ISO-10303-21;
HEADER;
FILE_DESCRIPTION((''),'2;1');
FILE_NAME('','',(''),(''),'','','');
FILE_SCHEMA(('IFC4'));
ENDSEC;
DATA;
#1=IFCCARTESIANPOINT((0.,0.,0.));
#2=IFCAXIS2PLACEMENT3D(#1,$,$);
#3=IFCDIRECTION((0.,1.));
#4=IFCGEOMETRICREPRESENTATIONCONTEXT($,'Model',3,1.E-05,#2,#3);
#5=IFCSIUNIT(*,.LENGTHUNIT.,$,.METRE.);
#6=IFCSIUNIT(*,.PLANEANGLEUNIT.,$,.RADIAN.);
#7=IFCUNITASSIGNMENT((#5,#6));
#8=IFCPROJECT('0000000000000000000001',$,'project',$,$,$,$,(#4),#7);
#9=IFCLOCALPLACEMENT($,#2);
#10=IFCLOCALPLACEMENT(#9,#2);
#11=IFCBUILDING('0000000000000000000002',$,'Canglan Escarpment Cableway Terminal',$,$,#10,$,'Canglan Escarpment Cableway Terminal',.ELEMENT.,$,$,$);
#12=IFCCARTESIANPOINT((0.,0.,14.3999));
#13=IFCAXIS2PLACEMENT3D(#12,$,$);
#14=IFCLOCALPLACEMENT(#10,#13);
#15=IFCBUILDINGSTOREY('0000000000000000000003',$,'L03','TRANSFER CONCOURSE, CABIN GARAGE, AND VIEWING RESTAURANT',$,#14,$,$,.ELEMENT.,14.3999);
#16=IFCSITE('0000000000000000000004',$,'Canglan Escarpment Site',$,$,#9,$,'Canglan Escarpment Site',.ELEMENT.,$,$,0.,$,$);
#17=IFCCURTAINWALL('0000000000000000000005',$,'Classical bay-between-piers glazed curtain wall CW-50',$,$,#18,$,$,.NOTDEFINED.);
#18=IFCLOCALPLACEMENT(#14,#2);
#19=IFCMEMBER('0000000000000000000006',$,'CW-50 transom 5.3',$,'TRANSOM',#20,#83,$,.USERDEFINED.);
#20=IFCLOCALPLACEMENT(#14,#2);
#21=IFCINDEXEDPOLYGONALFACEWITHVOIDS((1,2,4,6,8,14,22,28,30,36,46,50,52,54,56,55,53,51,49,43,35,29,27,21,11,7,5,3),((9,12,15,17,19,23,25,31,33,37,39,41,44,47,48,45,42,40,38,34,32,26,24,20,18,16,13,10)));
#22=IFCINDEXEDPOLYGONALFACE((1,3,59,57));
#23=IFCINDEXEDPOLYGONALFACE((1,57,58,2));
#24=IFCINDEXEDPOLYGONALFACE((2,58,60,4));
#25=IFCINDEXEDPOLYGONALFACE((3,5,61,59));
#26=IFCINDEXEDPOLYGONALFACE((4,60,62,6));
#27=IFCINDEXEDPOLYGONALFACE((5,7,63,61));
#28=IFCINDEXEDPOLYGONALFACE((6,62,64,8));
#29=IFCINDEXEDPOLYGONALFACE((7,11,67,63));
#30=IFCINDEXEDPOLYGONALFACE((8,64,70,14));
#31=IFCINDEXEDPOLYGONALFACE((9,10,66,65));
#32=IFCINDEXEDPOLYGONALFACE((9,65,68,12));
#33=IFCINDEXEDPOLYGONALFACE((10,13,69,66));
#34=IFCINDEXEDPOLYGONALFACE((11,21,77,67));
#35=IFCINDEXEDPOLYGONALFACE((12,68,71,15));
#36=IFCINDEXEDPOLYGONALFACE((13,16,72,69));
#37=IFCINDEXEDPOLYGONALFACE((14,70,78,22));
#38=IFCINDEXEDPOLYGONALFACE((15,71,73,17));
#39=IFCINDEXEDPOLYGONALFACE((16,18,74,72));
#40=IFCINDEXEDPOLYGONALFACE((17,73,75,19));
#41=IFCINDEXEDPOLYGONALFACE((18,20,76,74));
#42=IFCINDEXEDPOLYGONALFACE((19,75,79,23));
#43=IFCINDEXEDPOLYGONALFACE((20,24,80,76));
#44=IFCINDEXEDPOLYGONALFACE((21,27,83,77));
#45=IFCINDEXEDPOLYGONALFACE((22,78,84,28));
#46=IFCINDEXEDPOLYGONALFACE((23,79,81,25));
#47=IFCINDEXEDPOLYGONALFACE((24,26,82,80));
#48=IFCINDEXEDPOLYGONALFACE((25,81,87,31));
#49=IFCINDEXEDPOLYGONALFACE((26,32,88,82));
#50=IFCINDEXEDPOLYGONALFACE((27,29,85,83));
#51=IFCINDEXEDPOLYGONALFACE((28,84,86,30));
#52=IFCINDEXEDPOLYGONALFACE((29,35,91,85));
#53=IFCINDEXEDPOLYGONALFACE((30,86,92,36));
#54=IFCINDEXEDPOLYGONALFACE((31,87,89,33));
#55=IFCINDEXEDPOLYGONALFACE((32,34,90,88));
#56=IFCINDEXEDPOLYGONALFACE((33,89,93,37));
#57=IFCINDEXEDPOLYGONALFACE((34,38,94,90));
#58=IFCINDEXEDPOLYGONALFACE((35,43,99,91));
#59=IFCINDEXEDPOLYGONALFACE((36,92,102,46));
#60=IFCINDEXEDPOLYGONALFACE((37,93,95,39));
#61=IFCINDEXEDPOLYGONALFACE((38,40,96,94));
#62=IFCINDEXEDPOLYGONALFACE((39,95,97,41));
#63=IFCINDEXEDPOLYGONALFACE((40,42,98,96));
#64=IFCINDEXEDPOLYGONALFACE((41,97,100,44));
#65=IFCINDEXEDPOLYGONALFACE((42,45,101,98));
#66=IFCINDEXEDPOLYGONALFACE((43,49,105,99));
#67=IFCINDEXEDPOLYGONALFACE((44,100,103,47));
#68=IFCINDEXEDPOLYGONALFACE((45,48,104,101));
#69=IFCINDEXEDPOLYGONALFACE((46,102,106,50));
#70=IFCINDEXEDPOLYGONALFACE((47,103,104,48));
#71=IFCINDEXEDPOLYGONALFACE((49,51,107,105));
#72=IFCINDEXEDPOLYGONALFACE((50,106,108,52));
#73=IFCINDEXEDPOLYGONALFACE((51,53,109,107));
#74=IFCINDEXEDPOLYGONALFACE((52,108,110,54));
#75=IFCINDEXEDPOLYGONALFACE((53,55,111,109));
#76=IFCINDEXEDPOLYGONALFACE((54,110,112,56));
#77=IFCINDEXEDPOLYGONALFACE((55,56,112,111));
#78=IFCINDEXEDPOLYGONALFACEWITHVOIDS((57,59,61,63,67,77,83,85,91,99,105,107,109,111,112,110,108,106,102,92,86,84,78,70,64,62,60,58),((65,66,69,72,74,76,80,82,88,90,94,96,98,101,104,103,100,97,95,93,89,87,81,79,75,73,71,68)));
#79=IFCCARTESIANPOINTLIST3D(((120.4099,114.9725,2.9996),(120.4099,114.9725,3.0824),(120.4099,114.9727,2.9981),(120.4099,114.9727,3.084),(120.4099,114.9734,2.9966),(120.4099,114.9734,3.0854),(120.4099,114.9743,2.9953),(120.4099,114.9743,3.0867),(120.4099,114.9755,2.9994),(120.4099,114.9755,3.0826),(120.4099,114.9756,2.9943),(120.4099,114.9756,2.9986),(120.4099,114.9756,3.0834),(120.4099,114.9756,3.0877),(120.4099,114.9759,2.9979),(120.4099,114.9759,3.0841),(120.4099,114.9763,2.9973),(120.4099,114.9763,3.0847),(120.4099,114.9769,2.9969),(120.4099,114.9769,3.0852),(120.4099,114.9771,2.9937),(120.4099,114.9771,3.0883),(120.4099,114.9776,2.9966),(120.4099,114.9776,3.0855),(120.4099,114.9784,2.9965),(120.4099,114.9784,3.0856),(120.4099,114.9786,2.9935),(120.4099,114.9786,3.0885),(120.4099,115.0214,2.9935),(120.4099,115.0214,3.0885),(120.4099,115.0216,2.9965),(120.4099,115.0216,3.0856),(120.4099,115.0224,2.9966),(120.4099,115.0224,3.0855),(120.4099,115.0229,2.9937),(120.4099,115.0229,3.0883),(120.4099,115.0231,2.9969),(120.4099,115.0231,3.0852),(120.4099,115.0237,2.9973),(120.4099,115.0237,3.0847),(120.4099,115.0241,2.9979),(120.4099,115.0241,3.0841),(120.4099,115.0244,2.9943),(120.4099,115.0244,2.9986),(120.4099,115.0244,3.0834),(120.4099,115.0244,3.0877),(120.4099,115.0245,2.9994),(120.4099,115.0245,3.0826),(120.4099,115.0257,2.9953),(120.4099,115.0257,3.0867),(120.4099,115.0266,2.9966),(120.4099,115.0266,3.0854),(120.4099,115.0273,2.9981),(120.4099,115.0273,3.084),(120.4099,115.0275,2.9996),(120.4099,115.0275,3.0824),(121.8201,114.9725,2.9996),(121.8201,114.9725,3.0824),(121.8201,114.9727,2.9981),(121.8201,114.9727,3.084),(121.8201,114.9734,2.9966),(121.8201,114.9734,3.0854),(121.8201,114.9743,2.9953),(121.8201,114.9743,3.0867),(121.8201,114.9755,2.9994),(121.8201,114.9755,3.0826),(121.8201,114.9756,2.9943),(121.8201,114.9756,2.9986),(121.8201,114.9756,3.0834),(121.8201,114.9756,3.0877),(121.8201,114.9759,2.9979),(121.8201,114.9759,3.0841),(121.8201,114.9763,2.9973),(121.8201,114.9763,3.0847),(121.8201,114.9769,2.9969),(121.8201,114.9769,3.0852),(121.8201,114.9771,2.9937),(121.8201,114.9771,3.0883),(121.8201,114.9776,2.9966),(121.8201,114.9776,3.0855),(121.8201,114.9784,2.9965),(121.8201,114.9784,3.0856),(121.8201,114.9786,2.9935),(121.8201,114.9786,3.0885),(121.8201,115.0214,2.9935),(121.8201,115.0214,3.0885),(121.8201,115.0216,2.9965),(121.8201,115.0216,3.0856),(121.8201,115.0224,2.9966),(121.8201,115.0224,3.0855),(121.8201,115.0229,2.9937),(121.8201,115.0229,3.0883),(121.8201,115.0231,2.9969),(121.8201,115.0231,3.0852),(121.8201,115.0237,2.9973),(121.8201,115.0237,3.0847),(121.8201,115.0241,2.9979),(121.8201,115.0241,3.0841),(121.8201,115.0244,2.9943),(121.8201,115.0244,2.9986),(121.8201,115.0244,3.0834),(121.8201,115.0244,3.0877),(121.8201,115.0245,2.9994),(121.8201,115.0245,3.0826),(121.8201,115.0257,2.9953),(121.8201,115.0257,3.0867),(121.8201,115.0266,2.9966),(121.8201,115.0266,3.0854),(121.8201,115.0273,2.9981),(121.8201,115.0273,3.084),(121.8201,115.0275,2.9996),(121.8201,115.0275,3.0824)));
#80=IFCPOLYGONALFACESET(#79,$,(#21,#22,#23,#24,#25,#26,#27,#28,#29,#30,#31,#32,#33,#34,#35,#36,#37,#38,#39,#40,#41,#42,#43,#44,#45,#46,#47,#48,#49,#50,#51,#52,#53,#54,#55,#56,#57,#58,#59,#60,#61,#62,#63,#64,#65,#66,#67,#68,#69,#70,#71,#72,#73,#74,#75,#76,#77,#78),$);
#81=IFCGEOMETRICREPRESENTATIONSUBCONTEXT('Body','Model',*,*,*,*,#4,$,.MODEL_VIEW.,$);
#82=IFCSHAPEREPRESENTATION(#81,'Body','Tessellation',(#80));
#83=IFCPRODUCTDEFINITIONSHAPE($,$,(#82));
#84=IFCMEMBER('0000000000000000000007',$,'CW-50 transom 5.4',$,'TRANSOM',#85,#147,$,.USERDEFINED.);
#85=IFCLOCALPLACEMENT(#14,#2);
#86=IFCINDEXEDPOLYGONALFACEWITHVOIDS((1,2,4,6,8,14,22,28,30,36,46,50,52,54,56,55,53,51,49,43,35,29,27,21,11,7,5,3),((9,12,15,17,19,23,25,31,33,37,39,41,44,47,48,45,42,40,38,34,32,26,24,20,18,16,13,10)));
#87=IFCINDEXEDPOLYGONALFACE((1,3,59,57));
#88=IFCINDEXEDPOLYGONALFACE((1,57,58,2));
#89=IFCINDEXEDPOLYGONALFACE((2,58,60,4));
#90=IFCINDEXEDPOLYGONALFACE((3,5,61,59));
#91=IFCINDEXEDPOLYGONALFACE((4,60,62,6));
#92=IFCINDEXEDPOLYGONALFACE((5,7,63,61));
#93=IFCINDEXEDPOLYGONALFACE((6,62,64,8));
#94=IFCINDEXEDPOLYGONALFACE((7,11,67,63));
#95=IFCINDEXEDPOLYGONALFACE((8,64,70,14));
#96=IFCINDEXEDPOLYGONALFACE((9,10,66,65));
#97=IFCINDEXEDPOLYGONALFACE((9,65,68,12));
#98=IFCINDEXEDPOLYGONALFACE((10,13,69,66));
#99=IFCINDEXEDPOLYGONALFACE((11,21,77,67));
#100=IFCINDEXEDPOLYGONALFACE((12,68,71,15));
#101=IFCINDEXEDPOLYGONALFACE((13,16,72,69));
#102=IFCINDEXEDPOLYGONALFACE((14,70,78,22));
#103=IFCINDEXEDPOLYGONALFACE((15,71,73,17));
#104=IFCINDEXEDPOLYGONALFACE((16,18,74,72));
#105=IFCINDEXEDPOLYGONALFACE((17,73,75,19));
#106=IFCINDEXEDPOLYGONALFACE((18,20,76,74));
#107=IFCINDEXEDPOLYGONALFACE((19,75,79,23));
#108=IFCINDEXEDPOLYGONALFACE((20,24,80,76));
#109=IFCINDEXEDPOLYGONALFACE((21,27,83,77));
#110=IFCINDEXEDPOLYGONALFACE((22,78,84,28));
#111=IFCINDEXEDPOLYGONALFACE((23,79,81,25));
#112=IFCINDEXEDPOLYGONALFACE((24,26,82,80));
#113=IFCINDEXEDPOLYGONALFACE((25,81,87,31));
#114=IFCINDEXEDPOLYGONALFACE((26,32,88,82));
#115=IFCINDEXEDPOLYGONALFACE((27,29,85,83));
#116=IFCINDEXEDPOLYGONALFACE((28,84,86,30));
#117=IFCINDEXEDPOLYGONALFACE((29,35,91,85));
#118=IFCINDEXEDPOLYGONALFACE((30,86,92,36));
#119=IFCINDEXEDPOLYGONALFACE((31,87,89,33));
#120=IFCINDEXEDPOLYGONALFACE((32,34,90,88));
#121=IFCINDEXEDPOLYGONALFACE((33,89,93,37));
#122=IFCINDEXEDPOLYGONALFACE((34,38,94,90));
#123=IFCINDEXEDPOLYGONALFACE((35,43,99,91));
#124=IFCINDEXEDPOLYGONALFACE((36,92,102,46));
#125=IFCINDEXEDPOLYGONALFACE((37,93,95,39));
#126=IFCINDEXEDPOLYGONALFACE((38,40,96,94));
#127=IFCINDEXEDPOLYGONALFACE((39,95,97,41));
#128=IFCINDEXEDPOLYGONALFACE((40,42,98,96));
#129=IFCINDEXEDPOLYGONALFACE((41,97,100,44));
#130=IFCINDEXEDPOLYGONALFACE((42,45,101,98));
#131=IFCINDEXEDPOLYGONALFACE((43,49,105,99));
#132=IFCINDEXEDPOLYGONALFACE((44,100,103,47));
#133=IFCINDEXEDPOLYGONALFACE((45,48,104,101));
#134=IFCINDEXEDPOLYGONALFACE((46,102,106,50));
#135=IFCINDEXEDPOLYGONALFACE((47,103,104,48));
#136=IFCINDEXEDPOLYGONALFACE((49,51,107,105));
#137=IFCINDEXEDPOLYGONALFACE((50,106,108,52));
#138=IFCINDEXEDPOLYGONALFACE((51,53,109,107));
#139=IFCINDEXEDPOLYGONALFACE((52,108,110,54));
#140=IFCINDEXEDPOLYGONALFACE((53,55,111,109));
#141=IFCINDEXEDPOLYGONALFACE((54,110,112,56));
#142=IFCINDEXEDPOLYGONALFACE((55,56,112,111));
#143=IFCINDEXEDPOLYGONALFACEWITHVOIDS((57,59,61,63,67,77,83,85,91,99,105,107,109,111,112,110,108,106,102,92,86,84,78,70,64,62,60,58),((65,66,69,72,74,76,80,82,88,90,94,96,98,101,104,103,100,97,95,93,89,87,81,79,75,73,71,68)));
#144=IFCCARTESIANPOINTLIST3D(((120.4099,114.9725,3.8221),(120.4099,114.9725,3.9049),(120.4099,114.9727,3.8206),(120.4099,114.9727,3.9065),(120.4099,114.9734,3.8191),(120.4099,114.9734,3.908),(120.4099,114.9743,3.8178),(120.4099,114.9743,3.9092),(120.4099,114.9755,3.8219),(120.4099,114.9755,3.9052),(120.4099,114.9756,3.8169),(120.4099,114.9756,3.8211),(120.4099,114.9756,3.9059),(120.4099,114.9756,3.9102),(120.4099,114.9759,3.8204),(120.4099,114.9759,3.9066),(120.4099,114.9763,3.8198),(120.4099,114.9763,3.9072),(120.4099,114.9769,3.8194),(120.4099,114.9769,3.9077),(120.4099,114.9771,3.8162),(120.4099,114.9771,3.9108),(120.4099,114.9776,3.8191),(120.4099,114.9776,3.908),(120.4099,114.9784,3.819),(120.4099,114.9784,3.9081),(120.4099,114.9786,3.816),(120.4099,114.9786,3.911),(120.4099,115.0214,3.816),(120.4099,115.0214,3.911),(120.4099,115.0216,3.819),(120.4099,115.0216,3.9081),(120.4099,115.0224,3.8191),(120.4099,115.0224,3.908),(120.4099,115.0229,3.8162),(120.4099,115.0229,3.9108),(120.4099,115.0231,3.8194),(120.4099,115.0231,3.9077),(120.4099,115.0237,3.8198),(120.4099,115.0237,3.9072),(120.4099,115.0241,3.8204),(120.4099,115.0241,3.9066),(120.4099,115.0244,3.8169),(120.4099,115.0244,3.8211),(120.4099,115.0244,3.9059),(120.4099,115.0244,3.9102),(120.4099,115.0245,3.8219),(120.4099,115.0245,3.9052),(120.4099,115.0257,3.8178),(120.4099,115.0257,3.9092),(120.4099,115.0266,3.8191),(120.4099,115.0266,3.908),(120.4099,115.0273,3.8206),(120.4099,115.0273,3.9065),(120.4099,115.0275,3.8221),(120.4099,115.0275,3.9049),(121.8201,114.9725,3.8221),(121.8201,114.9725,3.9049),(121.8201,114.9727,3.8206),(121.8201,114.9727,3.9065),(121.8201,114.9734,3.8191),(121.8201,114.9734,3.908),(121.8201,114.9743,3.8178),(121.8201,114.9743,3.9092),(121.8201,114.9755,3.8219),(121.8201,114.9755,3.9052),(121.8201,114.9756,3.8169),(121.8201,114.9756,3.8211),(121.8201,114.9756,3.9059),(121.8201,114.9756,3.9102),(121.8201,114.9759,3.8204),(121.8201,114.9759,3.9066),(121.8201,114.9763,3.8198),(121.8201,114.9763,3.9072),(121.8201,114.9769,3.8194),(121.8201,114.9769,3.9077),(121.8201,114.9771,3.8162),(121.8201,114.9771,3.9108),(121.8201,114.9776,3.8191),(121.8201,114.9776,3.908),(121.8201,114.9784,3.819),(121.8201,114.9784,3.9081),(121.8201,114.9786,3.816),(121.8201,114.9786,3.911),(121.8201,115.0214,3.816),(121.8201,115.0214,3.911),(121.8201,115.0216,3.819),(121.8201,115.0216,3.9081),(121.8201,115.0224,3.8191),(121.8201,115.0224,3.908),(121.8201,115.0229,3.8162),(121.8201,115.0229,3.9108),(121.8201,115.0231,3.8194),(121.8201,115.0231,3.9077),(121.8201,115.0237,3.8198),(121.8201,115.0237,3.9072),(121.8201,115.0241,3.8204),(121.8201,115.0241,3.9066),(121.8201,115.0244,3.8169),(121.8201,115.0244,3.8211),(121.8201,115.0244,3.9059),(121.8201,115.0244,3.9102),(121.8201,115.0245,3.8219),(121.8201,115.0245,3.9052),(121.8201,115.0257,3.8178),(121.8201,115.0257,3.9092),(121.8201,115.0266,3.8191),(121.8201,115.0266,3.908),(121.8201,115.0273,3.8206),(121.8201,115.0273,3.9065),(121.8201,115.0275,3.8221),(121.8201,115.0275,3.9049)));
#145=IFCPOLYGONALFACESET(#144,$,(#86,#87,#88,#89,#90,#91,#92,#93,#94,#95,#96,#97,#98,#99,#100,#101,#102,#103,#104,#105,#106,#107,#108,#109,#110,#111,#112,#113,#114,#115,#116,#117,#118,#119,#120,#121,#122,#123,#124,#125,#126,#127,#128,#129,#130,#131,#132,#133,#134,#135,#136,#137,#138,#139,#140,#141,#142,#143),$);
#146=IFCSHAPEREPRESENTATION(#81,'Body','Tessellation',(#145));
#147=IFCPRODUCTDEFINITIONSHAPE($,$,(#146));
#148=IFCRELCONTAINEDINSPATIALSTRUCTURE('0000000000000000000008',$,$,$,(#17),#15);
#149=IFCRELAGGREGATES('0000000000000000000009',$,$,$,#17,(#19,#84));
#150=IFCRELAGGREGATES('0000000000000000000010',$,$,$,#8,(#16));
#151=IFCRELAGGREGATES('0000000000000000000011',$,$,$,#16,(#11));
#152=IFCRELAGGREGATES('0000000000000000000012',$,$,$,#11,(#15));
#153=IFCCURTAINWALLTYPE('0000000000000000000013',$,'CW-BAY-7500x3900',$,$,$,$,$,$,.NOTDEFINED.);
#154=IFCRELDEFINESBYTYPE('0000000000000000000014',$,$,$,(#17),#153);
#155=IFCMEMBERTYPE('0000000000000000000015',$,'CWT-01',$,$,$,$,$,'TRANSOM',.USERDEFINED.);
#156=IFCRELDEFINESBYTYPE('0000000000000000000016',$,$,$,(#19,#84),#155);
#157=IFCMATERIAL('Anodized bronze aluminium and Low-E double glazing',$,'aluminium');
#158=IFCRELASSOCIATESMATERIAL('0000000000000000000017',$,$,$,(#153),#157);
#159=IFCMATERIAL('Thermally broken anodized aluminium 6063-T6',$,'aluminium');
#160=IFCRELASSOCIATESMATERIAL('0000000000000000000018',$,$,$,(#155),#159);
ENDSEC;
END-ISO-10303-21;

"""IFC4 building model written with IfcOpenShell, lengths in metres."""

from ifc_helpers import new_model, si_unit, direction, frame, origin, origin_2d, place, context, subcontext, project, spatial, hollow_rectangle, extrude, material, material_profile, profile_set, type_object, element, aggregate, save


model = new_model("IFC4")

# Units and contexts
model_context = context("Model", 3, precision=1e-05, world=origin(), true_north=direction((0.0, 1.0)))
body_context = subcontext(model_context, "Body", "Model", "MODEL_VIEW")
ifc_project = project(units=[si_unit("LENGTHUNIT", "METRE"), si_unit("PLANEANGLEUNIT", "RADIAN")], contexts=[model_context])

# Site, building, storey
site_placement = place(None, origin())
site = spatial("IfcSite", under=ifc_project, at=site_placement, Name="Canglan Escarpment Site", LongName="Canglan Escarpment Site", CompositionType="ELEMENT", RefElevation=0.0)
building_placement = place(site_placement, origin())
building = spatial("IfcBuilding", under=site, at=building_placement, Name="Canglan Escarpment Cableway Terminal", LongName="Canglan Escarpment Cableway Terminal", CompositionType="ELEMENT")
storey_placement = place(building_placement, frame((0.0, 0.0, 14.3999)))
storey = spatial("IfcBuildingStorey", under=building, at=storey_placement, Name="L03", Description="TRANSFER CONCOURSE, CABIN GARAGE, AND VIEWING RESTAURANT", CompositionType="ELEMENT", Elevation=14.3999)

# Curtain wall
ifc_material_1 = material(Name="Anodized bronze aluminium and Low-E double glazing", Category="aluminium")
curtain_wall_type_1 = type_object("IfcCurtainWallType", Name="CW-BAY-7500x3900", PredefinedType="NOTDEFINED", material=ifc_material_1)
curtain_wall_1_placement = place(storey_placement, origin())
curtain_wall_1 = element("IfcCurtainWall", 1, at=curtain_wall_1_placement, inside=storey, type_object=curtain_wall_type_1, Name="Classical bay-between-piers glazed curtain wall CW-50", PredefinedType="NOTDEFINED")
ifc_material_2 = material(Name="Thermally broken anodized aluminium 6063-T6", Category="aluminium")

# Members
ifc_material_profile_1 = material_profile(ifc_material_2, hollow_rectangle(XDim=0.0549, YDim=0.095, WallThickness=0.0029, InnerFilletRadius=0.0029, OuterFilletRadius=0.0061, at=origin_2d()), Name="ALU-TRAN 55x95x3")
ifc_profile_set_1 = profile_set([ifc_material_profile_1], Name="Thermally broken anodized aluminium 6063-T6")
member_type_1 = type_object("IfcMemberType", Name="CWT-01", ElementType="TRANSOM", PredefinedType="USERDEFINED", material=ifc_profile_set_1)
member_1_placement = place(storey_placement, frame((121.8201, 115.0, 3.041), z_axis=(-1.0, 0.0, 0.0), x_axis=(0.0, -1.0, 0.0)))
member_1 = element("IfcMember", 2, at=member_1_placement, type_object=member_type_1, Name="CW-50 transom 5.3", ObjectType="TRANSOM", PredefinedType="USERDEFINED", context=body_context, shape_type="SweptSolid", body=[
    extrude(hollow_rectangle(XDim=0.0549, YDim=0.095, WallThickness=0.0029, InnerFilletRadius=0.0029, OuterFilletRadius=0.0061, at=origin_2d()), origin(), (0.0, 0.0, 1.0), 1.4102),
])
member_2_placement = place(storey_placement, frame((121.8201, 115.0, 3.8635), z_axis=(-1.0, 0.0, 0.0), x_axis=(0.0, -1.0, 0.0)))
member_2 = element("IfcMember", 3, at=member_2_placement, type_object=member_type_1, Name="CW-50 transom 5.4", ObjectType="TRANSOM", PredefinedType="USERDEFINED", context=body_context, shape_type="SweptSolid", body=[
    extrude(hollow_rectangle(XDim=0.0549, YDim=0.095, WallThickness=0.0029, InnerFilletRadius=0.0029, OuterFilletRadius=0.0061, at=origin_2d()), origin(), (0.0, 0.0, 1.0), 1.4102),
])

aggregate(curtain_wall_1, [member_1, member_2])

save(model, "model.ifc")
